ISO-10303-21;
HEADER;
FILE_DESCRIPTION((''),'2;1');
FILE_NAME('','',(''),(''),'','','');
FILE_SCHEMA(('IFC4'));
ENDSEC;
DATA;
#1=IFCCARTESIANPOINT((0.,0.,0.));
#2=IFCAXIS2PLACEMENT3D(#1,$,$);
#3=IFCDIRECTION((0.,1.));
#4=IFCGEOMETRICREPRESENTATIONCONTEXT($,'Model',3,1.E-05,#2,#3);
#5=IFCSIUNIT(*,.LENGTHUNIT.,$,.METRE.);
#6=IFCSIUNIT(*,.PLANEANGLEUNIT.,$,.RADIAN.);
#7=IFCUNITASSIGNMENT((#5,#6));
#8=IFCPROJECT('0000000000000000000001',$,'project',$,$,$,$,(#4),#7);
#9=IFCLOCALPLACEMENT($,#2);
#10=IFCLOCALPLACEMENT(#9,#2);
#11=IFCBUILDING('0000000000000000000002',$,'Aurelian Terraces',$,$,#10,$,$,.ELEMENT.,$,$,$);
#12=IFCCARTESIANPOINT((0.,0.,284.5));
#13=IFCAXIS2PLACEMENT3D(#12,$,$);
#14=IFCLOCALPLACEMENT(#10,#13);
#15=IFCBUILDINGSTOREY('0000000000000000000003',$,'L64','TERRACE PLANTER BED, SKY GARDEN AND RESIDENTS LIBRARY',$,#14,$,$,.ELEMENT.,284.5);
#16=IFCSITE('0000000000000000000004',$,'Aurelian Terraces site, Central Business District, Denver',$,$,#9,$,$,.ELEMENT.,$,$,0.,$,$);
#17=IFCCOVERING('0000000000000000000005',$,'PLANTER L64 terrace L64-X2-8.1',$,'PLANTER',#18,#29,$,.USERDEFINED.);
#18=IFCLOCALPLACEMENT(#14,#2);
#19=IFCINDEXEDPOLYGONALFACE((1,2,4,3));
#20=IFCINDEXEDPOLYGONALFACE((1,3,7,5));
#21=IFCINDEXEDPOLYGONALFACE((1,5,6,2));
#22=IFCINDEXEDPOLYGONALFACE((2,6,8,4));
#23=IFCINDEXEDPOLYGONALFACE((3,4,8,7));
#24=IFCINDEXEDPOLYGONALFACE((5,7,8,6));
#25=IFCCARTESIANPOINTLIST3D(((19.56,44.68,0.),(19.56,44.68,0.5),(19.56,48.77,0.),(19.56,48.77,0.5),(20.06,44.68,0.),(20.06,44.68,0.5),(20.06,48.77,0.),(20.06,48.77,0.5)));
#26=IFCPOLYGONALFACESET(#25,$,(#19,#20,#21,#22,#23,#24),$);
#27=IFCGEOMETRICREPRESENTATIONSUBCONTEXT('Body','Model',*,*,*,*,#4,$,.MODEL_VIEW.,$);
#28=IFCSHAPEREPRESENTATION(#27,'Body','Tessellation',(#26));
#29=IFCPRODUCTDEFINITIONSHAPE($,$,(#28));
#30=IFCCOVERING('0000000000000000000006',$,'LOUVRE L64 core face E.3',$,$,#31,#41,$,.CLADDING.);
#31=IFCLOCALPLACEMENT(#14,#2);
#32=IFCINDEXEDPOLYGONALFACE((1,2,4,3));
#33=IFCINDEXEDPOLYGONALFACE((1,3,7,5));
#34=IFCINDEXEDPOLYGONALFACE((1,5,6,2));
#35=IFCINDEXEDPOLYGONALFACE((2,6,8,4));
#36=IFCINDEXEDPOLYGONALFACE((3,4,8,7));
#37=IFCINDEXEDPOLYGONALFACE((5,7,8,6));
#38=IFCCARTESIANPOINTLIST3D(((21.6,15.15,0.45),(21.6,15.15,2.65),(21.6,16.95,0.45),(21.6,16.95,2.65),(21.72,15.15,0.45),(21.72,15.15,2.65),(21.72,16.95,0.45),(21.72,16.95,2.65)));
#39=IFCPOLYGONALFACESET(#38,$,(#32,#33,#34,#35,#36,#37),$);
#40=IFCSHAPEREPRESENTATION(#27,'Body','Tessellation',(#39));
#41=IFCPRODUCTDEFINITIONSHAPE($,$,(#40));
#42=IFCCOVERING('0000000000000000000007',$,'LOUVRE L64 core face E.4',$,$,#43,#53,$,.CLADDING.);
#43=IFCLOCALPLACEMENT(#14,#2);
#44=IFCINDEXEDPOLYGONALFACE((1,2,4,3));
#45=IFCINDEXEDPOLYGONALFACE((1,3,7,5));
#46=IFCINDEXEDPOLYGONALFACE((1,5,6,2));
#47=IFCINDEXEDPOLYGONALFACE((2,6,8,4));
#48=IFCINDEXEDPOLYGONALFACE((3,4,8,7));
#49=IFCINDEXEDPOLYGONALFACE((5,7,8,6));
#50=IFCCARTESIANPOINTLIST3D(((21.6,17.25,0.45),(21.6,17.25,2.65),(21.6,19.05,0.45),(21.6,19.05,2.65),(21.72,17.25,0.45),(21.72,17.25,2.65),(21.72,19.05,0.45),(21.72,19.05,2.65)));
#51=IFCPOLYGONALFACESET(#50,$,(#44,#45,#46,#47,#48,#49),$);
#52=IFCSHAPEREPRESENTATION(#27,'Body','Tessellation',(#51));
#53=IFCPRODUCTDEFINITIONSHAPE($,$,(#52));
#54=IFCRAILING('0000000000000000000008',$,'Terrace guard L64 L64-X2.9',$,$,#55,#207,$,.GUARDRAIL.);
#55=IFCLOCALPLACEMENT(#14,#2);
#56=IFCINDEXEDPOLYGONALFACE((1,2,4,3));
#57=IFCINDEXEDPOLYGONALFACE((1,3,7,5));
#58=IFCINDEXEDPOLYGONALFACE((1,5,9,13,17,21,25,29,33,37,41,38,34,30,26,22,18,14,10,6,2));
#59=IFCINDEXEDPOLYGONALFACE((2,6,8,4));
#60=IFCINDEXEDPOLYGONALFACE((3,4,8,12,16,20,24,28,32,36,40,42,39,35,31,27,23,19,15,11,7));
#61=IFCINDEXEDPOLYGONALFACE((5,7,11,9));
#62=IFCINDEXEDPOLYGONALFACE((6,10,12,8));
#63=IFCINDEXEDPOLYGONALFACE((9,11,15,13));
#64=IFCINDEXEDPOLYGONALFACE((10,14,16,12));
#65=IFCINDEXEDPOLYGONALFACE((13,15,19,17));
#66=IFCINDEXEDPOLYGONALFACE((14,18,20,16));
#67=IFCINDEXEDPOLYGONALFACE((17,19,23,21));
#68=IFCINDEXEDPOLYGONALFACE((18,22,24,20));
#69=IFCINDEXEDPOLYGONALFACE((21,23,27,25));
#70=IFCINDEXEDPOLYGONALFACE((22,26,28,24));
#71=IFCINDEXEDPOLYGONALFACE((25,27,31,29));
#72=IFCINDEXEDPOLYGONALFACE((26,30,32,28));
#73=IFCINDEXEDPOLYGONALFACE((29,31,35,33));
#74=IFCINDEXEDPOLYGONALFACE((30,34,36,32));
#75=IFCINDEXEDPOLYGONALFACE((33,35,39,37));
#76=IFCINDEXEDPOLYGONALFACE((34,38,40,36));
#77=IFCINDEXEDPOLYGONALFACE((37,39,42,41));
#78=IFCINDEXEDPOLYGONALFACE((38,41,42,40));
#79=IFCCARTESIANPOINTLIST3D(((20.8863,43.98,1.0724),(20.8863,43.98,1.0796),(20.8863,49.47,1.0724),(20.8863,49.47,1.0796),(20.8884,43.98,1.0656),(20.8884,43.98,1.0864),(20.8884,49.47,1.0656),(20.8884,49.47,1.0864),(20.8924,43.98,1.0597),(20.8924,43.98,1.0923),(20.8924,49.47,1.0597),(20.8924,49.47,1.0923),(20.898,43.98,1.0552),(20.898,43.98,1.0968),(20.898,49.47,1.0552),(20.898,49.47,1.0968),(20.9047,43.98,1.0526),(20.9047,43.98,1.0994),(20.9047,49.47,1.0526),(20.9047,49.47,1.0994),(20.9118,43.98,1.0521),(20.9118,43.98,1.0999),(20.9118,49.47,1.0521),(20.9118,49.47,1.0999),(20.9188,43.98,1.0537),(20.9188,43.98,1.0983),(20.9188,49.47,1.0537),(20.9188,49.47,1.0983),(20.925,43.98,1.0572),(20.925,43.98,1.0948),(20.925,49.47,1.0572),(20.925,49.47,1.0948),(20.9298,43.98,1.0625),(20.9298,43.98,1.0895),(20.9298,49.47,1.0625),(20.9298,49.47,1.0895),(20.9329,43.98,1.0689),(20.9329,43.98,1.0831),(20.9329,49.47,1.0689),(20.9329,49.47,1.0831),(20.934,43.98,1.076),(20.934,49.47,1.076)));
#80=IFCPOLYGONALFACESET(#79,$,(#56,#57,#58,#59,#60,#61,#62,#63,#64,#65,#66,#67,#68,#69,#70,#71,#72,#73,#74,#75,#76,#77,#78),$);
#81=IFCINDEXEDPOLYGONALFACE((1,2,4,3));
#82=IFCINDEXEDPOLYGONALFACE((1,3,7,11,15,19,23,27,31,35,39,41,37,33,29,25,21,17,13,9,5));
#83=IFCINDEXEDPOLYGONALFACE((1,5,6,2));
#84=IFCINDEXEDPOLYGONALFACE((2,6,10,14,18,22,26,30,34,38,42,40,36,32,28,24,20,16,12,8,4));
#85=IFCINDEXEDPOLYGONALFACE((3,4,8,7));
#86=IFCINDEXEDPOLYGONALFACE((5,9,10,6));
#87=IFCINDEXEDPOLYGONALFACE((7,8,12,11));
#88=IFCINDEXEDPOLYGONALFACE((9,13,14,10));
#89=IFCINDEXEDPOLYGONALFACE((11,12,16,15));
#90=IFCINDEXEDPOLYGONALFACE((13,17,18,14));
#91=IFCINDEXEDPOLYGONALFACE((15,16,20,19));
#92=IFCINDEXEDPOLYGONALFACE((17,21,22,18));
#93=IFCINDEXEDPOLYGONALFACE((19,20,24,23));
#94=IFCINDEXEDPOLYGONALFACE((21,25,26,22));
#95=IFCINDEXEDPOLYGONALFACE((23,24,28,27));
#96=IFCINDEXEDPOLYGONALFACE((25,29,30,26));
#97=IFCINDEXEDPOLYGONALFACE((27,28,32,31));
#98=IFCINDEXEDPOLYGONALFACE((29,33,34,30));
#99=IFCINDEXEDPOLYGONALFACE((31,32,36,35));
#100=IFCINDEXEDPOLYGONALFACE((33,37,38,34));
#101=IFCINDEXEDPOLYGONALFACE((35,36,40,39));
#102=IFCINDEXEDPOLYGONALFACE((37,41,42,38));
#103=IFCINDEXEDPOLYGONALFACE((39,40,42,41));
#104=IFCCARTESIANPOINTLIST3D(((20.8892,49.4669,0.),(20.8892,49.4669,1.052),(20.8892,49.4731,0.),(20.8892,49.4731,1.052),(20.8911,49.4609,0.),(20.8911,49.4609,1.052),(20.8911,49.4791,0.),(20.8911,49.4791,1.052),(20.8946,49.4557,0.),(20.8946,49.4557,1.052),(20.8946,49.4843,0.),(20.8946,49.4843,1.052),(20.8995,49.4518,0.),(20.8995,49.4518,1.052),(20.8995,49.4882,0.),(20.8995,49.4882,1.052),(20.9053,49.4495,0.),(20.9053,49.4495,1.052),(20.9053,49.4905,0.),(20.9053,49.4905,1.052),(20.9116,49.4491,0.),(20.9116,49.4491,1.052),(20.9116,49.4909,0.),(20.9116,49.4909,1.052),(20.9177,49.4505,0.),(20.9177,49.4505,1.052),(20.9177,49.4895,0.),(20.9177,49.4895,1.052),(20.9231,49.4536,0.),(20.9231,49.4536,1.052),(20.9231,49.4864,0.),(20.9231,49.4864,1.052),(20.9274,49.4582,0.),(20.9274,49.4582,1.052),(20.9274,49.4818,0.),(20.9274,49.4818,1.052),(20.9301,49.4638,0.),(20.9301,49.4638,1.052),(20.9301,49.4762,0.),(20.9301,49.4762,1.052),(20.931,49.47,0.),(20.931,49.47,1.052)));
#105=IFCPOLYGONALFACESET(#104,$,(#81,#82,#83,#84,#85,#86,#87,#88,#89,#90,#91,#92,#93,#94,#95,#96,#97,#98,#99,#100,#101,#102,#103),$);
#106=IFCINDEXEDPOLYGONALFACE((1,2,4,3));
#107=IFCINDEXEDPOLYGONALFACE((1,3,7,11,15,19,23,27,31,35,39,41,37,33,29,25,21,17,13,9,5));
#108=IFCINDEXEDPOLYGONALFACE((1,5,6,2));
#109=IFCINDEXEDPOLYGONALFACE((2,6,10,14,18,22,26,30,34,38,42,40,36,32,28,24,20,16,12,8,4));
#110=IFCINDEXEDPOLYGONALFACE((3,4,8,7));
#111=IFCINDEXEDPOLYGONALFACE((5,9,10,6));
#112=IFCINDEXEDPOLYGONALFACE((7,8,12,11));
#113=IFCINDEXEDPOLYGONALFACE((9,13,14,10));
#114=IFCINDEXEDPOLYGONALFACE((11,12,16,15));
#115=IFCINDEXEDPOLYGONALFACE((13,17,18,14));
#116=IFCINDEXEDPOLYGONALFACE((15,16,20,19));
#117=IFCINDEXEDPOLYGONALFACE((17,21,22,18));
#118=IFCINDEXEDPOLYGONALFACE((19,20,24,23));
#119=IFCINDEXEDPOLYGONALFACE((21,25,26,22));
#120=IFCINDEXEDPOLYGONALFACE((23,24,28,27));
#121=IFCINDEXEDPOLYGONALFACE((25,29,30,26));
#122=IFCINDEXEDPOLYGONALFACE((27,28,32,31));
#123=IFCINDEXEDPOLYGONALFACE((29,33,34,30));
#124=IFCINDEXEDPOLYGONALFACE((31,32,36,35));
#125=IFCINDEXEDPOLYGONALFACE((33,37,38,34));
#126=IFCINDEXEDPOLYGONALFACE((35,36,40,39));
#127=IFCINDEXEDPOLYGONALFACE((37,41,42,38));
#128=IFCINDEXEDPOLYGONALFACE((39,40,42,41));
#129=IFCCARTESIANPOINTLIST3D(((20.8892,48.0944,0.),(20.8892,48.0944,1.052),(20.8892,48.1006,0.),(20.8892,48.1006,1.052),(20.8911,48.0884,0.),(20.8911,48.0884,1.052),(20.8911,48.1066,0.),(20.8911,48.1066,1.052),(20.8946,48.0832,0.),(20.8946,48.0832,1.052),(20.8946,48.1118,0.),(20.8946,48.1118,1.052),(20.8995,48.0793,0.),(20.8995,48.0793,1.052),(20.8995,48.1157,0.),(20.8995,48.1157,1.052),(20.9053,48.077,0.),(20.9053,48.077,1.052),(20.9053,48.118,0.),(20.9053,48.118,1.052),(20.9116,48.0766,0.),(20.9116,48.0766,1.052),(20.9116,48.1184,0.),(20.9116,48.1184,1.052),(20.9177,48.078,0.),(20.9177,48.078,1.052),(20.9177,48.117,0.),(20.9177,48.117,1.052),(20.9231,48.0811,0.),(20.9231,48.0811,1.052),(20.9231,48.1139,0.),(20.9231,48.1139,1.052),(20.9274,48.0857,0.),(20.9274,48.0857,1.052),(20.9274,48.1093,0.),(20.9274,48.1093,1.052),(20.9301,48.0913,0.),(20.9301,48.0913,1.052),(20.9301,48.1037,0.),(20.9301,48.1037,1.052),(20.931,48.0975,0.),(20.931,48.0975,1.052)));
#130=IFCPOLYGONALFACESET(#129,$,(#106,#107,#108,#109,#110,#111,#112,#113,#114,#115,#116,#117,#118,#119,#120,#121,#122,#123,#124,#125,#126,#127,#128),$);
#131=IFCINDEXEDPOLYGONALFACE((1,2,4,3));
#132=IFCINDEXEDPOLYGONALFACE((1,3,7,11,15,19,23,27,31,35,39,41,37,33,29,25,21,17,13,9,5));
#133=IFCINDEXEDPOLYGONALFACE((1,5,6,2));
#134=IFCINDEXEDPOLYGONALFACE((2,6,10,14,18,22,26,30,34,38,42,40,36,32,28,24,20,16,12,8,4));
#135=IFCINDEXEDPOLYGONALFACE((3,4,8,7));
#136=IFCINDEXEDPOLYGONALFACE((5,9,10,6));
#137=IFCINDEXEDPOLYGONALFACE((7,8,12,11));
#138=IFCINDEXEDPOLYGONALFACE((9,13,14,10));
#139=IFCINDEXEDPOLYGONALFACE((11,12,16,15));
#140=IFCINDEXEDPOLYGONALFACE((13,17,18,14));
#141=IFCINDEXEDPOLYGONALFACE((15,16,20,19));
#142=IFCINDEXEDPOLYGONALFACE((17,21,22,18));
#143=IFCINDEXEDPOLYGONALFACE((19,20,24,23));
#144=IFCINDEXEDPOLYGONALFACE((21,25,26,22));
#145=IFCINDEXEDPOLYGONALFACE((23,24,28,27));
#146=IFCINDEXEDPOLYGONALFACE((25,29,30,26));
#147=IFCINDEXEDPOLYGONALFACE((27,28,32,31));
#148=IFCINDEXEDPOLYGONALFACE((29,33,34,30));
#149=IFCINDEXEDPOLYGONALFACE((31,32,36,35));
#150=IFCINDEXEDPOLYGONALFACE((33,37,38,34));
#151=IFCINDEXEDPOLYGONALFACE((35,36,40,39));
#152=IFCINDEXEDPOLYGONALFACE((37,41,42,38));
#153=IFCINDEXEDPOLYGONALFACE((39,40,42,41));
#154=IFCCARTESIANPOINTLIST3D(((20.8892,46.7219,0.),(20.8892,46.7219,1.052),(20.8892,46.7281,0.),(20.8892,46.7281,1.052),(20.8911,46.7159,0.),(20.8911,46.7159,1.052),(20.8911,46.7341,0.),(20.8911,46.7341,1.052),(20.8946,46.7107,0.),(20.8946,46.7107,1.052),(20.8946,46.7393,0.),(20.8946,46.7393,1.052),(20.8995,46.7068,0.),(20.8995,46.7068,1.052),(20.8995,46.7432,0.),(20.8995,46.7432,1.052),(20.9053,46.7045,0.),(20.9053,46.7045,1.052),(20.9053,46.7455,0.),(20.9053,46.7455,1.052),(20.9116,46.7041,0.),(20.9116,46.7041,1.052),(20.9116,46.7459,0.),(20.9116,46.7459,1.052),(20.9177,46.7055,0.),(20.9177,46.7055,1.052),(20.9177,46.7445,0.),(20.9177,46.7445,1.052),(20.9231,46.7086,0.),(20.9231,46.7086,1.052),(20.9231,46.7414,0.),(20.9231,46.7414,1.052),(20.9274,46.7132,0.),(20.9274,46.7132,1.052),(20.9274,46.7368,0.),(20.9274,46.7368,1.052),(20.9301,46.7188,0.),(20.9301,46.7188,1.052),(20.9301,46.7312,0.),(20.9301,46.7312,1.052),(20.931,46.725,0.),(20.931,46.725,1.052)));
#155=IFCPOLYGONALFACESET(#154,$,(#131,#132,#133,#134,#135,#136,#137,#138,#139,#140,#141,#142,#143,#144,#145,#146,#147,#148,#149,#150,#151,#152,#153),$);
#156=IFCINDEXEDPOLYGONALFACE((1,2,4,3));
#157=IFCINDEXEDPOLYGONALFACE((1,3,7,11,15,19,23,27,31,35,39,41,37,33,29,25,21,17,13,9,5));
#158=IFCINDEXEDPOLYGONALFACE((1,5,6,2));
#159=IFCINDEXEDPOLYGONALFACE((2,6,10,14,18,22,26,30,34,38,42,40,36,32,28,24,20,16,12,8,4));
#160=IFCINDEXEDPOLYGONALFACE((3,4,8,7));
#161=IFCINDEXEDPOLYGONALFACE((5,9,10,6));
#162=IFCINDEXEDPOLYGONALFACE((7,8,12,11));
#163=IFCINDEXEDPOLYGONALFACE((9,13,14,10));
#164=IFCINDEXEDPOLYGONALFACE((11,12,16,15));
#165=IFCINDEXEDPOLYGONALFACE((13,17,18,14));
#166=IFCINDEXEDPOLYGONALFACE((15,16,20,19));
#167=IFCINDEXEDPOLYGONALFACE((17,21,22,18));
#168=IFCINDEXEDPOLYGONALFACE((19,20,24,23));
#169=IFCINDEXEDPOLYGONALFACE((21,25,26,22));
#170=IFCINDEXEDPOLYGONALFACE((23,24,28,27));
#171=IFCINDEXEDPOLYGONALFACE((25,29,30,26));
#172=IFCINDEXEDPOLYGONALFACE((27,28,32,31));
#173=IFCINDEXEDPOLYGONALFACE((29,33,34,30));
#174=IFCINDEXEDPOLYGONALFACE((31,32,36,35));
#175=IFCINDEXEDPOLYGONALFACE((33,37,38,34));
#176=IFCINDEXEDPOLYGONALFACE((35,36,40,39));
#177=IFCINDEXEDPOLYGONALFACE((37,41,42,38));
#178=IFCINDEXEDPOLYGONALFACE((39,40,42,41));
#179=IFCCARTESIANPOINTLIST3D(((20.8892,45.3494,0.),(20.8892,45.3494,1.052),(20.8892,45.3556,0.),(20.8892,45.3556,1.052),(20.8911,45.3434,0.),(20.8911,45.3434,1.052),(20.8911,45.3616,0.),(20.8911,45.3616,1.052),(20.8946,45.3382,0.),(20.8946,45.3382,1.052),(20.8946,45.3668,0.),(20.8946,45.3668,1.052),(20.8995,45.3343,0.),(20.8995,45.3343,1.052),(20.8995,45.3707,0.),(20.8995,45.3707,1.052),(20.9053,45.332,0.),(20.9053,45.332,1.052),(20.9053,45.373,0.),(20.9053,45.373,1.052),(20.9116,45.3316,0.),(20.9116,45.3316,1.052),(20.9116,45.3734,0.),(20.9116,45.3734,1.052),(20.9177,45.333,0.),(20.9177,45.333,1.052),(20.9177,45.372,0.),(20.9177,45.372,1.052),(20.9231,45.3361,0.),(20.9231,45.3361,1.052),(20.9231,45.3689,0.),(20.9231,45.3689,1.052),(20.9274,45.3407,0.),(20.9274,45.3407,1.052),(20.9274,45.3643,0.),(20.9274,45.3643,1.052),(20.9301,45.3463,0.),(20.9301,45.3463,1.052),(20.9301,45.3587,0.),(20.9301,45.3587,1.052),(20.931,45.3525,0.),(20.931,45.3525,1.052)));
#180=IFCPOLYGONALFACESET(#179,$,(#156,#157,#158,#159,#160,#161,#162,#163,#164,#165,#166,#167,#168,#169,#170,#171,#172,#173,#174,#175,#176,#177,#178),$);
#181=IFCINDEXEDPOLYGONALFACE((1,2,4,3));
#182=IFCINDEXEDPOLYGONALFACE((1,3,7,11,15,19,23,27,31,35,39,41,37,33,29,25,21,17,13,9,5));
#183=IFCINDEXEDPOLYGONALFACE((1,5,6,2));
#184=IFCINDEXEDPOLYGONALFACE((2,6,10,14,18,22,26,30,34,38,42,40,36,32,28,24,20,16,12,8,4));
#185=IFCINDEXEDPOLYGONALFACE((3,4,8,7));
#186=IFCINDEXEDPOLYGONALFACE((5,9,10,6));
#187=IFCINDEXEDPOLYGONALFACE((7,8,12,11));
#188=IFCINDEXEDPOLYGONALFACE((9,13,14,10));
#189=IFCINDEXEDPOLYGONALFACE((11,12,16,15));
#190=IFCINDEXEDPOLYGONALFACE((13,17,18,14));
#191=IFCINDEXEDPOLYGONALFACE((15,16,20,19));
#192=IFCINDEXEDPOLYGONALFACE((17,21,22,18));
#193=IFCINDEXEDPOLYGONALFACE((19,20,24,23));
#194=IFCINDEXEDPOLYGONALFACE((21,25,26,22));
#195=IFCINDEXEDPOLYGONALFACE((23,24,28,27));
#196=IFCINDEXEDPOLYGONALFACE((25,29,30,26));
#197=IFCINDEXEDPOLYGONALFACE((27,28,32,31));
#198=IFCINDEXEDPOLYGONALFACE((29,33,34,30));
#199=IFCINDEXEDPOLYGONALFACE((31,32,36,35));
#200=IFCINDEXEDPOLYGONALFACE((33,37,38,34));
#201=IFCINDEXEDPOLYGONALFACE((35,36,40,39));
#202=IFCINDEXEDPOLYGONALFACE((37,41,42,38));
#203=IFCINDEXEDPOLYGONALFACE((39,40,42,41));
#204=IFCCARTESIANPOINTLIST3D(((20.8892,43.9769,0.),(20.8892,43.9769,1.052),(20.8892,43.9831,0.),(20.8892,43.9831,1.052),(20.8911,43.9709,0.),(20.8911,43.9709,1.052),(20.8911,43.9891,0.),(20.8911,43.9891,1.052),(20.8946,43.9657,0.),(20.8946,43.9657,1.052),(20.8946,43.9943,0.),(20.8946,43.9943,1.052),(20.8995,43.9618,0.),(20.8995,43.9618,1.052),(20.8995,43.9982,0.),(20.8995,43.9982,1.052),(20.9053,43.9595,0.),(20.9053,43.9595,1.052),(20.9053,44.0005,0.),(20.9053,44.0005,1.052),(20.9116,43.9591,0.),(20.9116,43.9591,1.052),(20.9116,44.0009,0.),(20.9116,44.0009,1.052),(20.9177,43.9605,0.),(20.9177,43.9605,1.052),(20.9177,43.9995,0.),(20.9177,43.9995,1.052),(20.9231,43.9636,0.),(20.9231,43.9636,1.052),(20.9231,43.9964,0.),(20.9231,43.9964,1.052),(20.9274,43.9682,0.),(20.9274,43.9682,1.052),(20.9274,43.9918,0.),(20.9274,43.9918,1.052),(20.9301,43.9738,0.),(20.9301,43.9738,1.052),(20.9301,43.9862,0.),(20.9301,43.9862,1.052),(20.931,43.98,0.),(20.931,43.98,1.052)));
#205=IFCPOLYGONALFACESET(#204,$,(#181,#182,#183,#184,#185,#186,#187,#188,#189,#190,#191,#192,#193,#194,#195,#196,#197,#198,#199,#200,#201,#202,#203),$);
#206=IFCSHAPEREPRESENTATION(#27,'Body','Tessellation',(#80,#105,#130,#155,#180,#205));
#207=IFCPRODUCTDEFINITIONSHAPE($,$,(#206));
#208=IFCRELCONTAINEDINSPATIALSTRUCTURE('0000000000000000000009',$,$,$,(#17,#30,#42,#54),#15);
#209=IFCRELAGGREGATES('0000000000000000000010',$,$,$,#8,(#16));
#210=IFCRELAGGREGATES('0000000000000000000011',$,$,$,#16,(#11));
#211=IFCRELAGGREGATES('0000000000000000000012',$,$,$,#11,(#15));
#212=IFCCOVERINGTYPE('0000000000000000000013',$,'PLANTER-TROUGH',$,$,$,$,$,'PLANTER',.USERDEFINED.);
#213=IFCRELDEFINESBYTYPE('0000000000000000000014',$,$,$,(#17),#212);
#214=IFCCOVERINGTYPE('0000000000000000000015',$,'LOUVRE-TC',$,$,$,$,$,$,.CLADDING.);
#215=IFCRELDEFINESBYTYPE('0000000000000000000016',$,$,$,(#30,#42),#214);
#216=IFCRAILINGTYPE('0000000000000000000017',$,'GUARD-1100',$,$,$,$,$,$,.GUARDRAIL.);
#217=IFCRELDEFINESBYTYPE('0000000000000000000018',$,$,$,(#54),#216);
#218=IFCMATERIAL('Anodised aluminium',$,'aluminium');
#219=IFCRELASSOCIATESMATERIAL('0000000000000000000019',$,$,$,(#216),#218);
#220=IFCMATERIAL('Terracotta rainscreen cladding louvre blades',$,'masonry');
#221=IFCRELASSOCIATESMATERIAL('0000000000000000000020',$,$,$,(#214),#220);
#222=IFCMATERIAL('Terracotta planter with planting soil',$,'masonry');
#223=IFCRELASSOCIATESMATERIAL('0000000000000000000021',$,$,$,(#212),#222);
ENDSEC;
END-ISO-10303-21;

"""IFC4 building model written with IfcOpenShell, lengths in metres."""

from ifc_helpers import new_model, si_unit, direction, frame, origin, origin_2d, place, context, subcontext, project, spatial, rectangle, circle, extrude, source, transform, mapped, material, type_object, element, save


model = new_model("IFC4")

# Units and contexts
model_context = context("Model", 3, precision=1e-05, world=origin(), true_north=direction((0.0, 1.0)))
body_context = subcontext(model_context, "Body", "Model", "MODEL_VIEW")
ifc_project = project(units=[si_unit("LENGTHUNIT", "METRE"), si_unit("PLANEANGLEUNIT", "RADIAN")], contexts=[model_context])

# Site, building, storey
site_placement = place(None, origin())
site = spatial("IfcSite", under=ifc_project, at=site_placement, Name="Aurelian Terraces site, Central Business District, Denver", CompositionType="ELEMENT", RefElevation=0.0)
building_placement = place(site_placement, origin())
building = spatial("IfcBuilding", under=site, at=building_placement, Name="Aurelian Terraces", CompositionType="ELEMENT")
storey_placement = place(building_placement, frame((0.0, 0.0, 284.5)))
storey = spatial("IfcBuildingStorey", under=building, at=storey_placement, Name="L64", Description="TERRACE PLANTER BED, SKY GARDEN AND RESIDENTS LIBRARY", CompositionType="ELEMENT", Elevation=284.5)

# Shared definitions
ifc_material_1 = material(Name="Anodised aluminium", Category="aluminium")
railing_type = type_object("IfcRailingType", Name="GUARD-1100", PredefinedType="GUARDRAIL", material=ifc_material_1)

# Coverings
ifc_material_2 = material(Name="Terracotta rainscreen cladding louvre blades", Category="masonry")
covering_type_1 = type_object("IfcCoveringType", Name="LOUVRE-TC", PredefinedType="CLADDING", material=ifc_material_2)
ifc_material_3 = material(Name="Terracotta planter with planting soil", Category="masonry")
covering_type_2 = type_object("IfcCoveringType", Name="PLANTER-TROUGH", ElementType="PLANTER", PredefinedType="USERDEFINED", material=ifc_material_3)
shared_shape_1 = source(origin(), body_context, "Body", "SweptSolid", [
    extrude(rectangle(XDim=0.5, YDim=4.09, at=origin_2d()), origin(), (0.0, 0.0, 1.0), 0.5),
])
covering_1_placement = place(storey_placement, frame((19.81, 46.725, 0.0), z_axis=(0.0, 0.0, 1.0), x_axis=(1.0, 0.0, 0.0)))
element("IfcCovering", 1, at=covering_1_placement, inside=storey, type_object=covering_type_2, Name="PLANTER L64 terrace L64-X2-8.1", ObjectType="PLANTER", PredefinedType="USERDEFINED", context=body_context, shape_type="MappedRepresentation", body=[
    mapped(shared_shape_1, transform((0.0, 0.0, 0.0), scale=1.0)),
])
shared_shape_2 = source(origin(), body_context, "Body", "SweptSolid", [
    extrude(rectangle(XDim=0.12, YDim=1.8, at=origin_2d()), origin(), (0.0, 0.0, 1.0), 2.2),
])
for number, where, z_axis, x_axis, name in (
    (2, (21.66, 16.05, 0.45), (0.0, 0.0, 1.0), (1.0, 0.0, 0.0), "LOUVRE L64 core face E.3"),
    (3, (21.66, 18.15, 0.45), (0.0, 0.0, 1.0), (1.0, 0.0, 0.0), "LOUVRE L64 core face E.4"),
):
    element("IfcCovering", number, at=place(storey_placement, frame(where, z_axis=z_axis, x_axis=x_axis)), inside=storey, type_object=covering_type_1, Name=name, PredefinedType="CLADDING", context=body_context, shape_type="MappedRepresentation", body=[
        mapped(shared_shape_2, transform((0.0, 0.0, 0.0), scale=1.0)),
    ])

# Railing
shared_shape_3 = source(origin(), body_context, "Body", "SweptSolid", [
    extrude(circle(Radius=0.024, at=origin_2d()), frame((0.0, 0.0, 1.076), z_axis=(0.0, -1.0, 0.0), x_axis=(1.0, 0.0, 0.0)), (0.0, 0.0, 1.0), 5.49),
    extrude(circle(Radius=0.021, at=origin_2d()), origin(), (0.0, 0.0, 1.0), 1.052),
    extrude(circle(Radius=0.021, at=origin_2d()), frame((0.0, -1.3725, 0.0)), (0.0, 0.0, 1.0), 1.052),
    extrude(circle(Radius=0.021, at=origin_2d()), frame((0.0, -2.745, 0.0)), (0.0, 0.0, 1.0), 1.052),
    extrude(circle(Radius=0.021, at=origin_2d()), frame((0.0, -4.1175, 0.0)), (0.0, 0.0, 1.0), 1.052),
    extrude(circle(Radius=0.021, at=origin_2d()), frame((0.0, -5.49, 0.0)), (0.0, 0.0, 1.0), 1.052),
])
railing_1_placement = place(storey_placement, frame((20.91, 49.47, 0.0)))
element("IfcRailing", 4, at=railing_1_placement, inside=storey, type_object=railing_type, Name="Terrace guard L64 L64-X2.9", PredefinedType="GUARDRAIL", context=body_context, shape_type="MappedRepresentation", body=[
    mapped(shared_shape_3, transform((0.0, 0.0, 0.0), scale=1.0)),
])

save(model, "model.ifc")
